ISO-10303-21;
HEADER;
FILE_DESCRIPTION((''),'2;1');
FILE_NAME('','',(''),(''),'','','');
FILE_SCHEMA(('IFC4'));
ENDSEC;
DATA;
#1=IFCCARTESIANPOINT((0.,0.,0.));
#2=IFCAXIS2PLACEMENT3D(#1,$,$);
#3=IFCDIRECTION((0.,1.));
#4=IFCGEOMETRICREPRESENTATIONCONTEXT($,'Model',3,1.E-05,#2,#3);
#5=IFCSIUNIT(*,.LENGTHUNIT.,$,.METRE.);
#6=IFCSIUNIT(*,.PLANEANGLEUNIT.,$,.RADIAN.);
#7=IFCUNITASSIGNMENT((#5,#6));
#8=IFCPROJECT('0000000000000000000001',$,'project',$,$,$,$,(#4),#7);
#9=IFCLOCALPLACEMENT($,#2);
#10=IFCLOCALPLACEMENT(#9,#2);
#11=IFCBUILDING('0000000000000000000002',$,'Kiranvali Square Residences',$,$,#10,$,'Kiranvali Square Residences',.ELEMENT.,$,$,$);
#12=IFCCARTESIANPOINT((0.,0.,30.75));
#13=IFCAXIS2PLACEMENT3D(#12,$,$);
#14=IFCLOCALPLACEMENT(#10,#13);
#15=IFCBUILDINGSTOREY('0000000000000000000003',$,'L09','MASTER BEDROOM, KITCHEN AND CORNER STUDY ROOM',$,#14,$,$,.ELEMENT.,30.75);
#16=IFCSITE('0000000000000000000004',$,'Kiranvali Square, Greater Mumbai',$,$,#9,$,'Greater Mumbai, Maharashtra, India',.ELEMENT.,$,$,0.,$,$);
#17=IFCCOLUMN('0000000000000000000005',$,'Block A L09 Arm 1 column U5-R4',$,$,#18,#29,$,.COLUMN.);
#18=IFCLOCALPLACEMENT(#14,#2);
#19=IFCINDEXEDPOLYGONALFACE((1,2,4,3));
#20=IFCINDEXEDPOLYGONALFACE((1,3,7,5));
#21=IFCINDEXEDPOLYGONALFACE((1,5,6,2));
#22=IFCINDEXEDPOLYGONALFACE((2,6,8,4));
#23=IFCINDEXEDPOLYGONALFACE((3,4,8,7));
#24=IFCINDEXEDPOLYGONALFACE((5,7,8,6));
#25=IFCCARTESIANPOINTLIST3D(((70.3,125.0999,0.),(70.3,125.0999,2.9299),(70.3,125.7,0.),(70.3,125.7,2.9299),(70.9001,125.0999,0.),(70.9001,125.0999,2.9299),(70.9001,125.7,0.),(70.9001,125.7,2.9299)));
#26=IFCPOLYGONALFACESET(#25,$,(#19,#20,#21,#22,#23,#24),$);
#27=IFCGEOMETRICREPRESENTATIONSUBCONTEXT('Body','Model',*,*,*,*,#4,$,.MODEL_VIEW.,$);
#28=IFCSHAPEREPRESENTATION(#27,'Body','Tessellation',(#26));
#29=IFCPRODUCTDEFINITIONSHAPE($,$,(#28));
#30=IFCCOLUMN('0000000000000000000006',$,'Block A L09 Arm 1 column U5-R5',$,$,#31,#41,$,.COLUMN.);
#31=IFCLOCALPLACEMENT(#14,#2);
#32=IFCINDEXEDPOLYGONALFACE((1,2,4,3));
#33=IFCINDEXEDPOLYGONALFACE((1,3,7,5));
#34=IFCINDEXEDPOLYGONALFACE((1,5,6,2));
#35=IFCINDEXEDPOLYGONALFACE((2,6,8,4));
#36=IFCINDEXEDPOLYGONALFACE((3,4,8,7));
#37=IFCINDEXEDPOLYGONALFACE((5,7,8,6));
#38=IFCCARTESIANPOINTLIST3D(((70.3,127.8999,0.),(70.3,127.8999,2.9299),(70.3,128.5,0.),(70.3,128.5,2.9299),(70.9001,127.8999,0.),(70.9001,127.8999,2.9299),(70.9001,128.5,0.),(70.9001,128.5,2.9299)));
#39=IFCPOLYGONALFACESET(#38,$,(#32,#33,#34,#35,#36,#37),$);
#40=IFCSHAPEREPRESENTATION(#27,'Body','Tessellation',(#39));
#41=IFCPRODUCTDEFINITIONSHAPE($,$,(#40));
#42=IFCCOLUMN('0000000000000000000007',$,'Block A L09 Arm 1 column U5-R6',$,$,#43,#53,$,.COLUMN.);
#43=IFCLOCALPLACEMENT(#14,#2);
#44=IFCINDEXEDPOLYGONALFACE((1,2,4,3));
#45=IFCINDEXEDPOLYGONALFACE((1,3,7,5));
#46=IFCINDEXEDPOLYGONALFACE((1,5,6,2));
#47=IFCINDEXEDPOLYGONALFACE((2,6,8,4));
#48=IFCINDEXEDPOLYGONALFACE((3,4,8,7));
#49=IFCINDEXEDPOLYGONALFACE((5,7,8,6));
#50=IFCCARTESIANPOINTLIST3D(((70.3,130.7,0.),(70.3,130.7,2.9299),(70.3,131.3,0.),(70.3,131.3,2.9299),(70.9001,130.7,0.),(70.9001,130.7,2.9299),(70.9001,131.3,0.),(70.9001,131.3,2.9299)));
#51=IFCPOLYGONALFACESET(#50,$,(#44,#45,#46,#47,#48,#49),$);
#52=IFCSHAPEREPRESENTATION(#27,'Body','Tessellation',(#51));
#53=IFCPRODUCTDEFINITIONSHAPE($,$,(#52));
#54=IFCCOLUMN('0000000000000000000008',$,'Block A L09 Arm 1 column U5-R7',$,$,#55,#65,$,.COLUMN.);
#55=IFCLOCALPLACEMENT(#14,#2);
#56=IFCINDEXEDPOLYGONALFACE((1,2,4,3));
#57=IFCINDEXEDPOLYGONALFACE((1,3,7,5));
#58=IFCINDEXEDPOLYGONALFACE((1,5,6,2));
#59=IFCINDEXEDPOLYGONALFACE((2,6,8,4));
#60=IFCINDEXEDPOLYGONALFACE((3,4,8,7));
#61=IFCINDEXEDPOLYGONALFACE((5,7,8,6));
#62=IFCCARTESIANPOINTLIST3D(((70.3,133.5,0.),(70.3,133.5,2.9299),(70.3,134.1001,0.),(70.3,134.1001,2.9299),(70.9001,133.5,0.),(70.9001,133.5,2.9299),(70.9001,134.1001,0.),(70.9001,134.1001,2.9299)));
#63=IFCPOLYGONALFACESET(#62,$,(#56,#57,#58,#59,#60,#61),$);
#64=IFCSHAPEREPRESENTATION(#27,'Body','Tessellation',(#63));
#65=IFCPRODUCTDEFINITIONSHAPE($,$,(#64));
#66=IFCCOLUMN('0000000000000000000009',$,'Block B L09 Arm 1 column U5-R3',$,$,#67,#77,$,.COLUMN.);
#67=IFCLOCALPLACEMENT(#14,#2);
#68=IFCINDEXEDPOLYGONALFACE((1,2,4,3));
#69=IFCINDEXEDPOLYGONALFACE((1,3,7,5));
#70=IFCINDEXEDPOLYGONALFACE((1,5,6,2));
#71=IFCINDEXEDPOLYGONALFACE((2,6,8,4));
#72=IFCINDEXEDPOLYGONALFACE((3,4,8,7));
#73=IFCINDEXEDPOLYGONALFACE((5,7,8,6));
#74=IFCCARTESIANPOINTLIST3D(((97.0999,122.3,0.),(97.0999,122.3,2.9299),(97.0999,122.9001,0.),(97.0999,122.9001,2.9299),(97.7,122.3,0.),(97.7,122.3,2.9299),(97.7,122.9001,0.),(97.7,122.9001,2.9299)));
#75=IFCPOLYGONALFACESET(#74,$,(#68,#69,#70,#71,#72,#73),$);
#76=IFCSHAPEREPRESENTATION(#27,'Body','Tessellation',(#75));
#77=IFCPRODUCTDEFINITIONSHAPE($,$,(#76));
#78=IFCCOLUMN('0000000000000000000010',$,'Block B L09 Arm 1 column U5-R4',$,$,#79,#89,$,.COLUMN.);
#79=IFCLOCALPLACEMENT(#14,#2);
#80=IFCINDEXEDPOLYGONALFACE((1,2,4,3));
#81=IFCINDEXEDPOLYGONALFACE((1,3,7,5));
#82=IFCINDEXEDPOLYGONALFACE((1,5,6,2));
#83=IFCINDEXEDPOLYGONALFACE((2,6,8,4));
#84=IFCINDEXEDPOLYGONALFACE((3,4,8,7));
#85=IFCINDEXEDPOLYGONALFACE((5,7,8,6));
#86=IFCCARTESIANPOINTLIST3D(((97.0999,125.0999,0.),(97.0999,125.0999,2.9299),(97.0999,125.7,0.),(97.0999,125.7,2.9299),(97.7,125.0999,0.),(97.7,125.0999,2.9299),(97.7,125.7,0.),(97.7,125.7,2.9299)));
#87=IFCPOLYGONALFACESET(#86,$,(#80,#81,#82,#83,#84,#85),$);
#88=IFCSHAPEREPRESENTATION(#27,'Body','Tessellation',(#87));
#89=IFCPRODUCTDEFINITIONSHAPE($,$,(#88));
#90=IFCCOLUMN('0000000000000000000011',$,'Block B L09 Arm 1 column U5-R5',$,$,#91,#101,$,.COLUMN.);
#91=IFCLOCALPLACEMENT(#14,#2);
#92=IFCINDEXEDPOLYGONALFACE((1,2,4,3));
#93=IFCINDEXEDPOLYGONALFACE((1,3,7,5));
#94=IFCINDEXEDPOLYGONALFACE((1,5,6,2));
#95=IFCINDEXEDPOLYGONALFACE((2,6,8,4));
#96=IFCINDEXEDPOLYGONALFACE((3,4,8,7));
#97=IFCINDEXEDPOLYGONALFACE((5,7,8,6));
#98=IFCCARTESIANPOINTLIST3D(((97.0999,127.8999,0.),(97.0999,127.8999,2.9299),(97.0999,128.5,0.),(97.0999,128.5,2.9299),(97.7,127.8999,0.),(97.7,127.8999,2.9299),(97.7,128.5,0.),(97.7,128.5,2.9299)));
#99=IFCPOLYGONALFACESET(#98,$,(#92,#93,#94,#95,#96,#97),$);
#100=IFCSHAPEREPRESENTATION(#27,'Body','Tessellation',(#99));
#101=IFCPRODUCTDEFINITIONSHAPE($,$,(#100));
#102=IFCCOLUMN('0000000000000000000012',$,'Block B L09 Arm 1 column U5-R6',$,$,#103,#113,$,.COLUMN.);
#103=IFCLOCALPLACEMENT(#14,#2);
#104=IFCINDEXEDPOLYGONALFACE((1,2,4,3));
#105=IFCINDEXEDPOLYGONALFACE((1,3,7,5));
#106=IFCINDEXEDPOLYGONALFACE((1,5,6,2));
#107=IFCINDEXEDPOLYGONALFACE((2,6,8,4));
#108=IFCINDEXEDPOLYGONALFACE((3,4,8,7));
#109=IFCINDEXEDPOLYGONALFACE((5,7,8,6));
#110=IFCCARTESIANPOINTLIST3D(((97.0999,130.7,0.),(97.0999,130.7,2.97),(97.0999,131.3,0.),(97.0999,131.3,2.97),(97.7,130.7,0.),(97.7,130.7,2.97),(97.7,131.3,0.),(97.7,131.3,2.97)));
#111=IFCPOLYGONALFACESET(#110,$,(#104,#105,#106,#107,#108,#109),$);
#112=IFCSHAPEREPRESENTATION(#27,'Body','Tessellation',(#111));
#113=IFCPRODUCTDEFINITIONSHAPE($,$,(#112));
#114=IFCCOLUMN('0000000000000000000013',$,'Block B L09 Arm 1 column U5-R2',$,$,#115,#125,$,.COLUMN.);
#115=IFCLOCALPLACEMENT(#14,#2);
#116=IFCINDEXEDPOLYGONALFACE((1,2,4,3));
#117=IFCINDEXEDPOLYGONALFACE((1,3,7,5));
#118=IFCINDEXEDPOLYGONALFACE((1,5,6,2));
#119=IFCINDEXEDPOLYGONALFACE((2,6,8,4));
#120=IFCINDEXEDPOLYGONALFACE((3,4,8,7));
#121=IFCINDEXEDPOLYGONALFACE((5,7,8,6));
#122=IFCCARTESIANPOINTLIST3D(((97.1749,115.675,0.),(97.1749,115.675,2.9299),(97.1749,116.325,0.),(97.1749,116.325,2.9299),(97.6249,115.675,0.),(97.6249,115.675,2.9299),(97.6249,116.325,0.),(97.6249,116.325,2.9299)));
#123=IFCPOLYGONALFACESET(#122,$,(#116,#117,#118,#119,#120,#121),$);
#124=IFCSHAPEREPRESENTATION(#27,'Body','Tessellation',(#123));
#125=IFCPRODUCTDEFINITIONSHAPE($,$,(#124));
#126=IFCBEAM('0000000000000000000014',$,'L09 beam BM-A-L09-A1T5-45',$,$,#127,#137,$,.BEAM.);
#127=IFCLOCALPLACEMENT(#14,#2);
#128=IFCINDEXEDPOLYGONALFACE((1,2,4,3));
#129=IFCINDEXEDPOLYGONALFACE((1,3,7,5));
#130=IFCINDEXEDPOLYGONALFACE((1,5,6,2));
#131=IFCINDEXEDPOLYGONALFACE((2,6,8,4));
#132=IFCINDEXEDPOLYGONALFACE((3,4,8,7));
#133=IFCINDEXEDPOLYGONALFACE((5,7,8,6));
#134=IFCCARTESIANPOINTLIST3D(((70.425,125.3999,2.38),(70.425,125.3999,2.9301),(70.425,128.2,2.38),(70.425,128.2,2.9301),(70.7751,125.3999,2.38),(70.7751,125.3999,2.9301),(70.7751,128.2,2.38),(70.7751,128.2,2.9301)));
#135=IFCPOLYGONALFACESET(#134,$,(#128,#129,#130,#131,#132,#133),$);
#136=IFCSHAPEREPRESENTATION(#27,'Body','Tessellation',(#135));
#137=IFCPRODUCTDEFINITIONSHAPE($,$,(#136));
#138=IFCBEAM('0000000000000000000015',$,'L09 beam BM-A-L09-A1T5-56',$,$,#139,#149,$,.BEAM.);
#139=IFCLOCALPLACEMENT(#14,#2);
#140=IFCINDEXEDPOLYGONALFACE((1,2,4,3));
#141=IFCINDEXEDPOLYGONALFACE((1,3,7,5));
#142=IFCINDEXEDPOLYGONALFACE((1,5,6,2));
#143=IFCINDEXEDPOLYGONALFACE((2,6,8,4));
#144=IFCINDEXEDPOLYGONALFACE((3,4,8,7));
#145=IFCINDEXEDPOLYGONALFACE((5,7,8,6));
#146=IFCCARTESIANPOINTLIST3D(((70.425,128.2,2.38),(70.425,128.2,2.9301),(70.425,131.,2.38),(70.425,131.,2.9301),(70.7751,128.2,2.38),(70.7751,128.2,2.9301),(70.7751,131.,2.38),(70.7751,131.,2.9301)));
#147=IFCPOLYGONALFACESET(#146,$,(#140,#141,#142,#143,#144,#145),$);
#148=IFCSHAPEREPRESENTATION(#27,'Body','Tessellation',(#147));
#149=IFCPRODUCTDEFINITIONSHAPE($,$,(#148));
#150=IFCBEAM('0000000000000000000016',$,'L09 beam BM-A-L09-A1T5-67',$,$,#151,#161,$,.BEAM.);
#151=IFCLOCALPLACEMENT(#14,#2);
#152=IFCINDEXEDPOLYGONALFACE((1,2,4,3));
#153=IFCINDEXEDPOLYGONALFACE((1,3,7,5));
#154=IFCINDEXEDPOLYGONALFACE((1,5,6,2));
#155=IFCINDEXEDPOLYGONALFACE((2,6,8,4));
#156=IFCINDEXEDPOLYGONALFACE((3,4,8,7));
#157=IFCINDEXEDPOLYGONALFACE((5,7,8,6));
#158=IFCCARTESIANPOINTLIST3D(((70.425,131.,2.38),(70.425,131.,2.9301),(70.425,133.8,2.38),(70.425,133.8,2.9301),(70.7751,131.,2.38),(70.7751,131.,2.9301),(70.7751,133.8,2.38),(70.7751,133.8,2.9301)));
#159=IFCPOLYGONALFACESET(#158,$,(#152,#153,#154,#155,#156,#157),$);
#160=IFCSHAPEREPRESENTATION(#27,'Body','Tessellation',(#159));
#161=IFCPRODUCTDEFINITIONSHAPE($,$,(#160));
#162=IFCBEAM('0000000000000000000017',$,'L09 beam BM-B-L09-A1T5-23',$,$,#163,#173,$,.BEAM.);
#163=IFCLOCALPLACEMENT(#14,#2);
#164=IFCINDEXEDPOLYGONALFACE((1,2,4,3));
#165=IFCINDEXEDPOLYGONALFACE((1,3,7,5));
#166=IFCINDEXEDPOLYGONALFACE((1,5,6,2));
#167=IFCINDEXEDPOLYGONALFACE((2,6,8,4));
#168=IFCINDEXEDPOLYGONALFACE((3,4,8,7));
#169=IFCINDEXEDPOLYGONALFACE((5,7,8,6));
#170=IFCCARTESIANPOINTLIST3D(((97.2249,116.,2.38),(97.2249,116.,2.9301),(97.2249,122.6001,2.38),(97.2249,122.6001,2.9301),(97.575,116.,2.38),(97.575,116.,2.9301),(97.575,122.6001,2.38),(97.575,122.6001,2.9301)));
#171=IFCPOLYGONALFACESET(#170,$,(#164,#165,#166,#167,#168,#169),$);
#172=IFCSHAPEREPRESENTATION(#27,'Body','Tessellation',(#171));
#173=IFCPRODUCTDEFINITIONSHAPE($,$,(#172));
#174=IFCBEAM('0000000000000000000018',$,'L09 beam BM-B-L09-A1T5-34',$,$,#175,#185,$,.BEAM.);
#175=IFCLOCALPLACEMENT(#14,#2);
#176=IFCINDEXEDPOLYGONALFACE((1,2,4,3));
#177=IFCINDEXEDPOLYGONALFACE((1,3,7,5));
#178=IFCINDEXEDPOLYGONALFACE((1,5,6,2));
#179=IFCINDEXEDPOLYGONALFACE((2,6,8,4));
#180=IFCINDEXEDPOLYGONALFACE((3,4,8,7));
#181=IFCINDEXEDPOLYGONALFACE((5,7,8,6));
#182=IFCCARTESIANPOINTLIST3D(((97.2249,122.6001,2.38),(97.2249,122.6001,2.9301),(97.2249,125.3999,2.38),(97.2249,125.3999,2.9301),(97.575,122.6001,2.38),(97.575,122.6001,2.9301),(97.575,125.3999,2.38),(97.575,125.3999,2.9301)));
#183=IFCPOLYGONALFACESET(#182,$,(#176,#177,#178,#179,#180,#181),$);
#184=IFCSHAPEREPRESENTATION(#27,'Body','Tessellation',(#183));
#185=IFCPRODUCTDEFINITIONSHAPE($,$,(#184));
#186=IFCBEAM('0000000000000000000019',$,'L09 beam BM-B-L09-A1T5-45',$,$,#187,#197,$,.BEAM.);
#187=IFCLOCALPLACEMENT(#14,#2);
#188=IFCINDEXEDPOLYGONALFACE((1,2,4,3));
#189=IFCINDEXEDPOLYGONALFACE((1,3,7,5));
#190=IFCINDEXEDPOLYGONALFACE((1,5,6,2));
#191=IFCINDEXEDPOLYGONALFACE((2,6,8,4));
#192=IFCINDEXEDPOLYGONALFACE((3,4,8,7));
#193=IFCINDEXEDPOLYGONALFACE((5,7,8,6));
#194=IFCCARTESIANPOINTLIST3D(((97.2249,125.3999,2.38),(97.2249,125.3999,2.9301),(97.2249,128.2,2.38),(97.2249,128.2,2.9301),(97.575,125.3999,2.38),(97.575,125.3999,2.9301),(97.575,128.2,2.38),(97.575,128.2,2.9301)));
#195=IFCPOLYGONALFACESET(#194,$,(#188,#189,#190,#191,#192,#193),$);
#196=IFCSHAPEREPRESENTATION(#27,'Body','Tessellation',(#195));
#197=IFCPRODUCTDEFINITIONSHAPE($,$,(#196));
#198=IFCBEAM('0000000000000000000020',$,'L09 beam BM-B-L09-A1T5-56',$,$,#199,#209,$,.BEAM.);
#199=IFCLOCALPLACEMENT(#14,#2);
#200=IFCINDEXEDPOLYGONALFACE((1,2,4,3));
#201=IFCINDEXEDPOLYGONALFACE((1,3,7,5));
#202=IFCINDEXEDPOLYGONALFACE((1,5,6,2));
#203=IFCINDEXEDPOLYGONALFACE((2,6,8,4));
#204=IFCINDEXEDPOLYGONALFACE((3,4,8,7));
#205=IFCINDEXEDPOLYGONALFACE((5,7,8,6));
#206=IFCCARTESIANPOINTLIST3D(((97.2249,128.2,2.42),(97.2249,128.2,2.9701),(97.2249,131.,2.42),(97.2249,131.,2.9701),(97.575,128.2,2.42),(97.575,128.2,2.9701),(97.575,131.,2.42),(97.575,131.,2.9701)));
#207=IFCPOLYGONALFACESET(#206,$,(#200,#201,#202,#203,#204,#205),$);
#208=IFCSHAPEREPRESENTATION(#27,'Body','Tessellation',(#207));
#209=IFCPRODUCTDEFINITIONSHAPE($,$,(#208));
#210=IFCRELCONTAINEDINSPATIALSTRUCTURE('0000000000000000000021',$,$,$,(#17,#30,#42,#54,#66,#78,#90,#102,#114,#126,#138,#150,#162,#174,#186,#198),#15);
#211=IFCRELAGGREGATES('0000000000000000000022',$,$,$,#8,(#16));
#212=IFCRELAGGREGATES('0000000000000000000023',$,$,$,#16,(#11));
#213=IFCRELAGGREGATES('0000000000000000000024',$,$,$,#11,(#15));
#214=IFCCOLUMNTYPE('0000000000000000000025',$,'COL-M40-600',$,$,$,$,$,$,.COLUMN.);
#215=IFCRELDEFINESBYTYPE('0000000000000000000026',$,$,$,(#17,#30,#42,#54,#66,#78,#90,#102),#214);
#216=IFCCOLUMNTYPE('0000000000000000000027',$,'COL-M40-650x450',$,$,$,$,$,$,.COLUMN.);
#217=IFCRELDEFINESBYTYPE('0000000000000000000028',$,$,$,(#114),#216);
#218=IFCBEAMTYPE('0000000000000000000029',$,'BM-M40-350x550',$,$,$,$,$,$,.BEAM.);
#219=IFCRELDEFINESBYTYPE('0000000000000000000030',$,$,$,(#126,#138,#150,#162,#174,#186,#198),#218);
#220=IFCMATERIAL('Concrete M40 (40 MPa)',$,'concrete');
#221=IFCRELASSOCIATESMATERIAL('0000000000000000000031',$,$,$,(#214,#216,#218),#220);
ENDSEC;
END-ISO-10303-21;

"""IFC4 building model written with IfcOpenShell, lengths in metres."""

from ifc_helpers import new_model, si_unit, direction, frame, origin, origin_2d, place, context, subcontext, project, spatial, rectangle, extrude, material, material_profile, profile_set, type_object, element, save


model = new_model("IFC4")

# Units and contexts
model_context = context("Model", 3, precision=1e-05, world=origin(), true_north=direction((0.0, 1.0)))
body_context = subcontext(model_context, "Body", "Model", "MODEL_VIEW")
ifc_project = project(units=[si_unit("LENGTHUNIT", "METRE"), si_unit("PLANEANGLEUNIT", "RADIAN")], contexts=[model_context])

# Site, building, storey
site_placement = place(None, origin())
site = spatial("IfcSite", under=ifc_project, at=site_placement, Name="Kiranvali Square, Greater Mumbai", LongName="Greater Mumbai, Maharashtra, India", CompositionType="ELEMENT", RefElevation=0.0)
building_placement = place(site_placement, origin())
building = spatial("IfcBuilding", under=site, at=building_placement, Name="Kiranvali Square Residences", LongName="Kiranvali Square Residences", CompositionType="ELEMENT")
storey_placement = place(building_placement, frame((0.0, 0.0, 30.75)))
storey = spatial("IfcBuildingStorey", under=building, at=storey_placement, Name="L09", Description="MASTER BEDROOM, KITCHEN AND CORNER STUDY ROOM", CompositionType="ELEMENT", Elevation=30.75)

# Columns
ifc_material = material(Name="Concrete M40 (40 MPa)", Category="concrete")
ifc_material_profile_1 = material_profile(ifc_material, rectangle(XDim=0.6001, YDim=0.6001, at=origin_2d()), Name="RC 600x600")
ifc_profile_set_1 = profile_set([ifc_material_profile_1], Name="Concrete M40 (40 MPa)")
column_type_1 = type_object("IfcColumnType", Name="COL-M40-600", PredefinedType="COLUMN", material=ifc_profile_set_1)
for number, where, z_axis, x_axis, name in (
    (1, (70.6001, 125.3999, 0.0), (0.0, 0.0, 1.0), (1.0, 0.0, 0.0), "Block A L09 Arm 1 column U5-R4"),
    (2, (70.6001, 128.2, 0.0), (0.0, 0.0, 1.0), (1.0, 0.0, 0.0), "Block A L09 Arm 1 column U5-R5"),
    (3, (70.6001, 131.0, 0.0), (0.0, 0.0, 1.0), (1.0, 0.0, 0.0), "Block A L09 Arm 1 column U5-R6"),
    (4, (70.6001, 133.8, 0.0), (0.0, 0.0, 1.0), (1.0, 0.0, 0.0), "Block A L09 Arm 1 column U5-R7"),
    (5, (97.3999, 122.6001, 0.0), (0.0, 0.0, 1.0), (1.0, 0.0, 0.0), "Block B L09 Arm 1 column U5-R3"),
    (6, (97.3999, 125.3999, 0.0), (0.0, 0.0, 1.0), (1.0, 0.0, 0.0), "Block B L09 Arm 1 column U5-R4"),
    (7, (97.3999, 128.2, 0.0), (0.0, 0.0, 1.0), (1.0, 0.0, 0.0), "Block B L09 Arm 1 column U5-R5"),
):
    element("IfcColumn", number, at=place(storey_placement, frame(where, z_axis=z_axis, x_axis=x_axis)), inside=storey, type_object=column_type_1, Name=name, PredefinedType="COLUMN", context=body_context, shape_type="SweptSolid", body=[
        extrude(rectangle(XDim=0.6001, YDim=0.6001, at=origin_2d()), origin(), (0.0, 0.0, 1.0), 2.9299),
    ])
column_1_placement = place(storey_placement, frame((97.3999, 131.0, 0.0), z_axis=(0.0, 0.0, 1.0), x_axis=(1.0, 0.0, 0.0)))
element("IfcColumn", 8, at=column_1_placement, inside=storey, type_object=column_type_1, Name="Block B L09 Arm 1 column U5-R6", PredefinedType="COLUMN", context=body_context, shape_type="SweptSolid", body=[
    extrude(rectangle(XDim=0.6001, YDim=0.6001, at=origin_2d()), origin(), (0.0, 0.0, 1.0), 2.97),
])
ifc_material_profile_2 = material_profile(ifc_material, rectangle(XDim=0.45, YDim=0.6499, at=origin_2d()), Name="RC 650x450")
ifc_profile_set_2 = profile_set([ifc_material_profile_2], Name="Concrete M40 (40 MPa)")
column_type_2 = type_object("IfcColumnType", Name="COL-M40-650x450", PredefinedType="COLUMN", material=ifc_profile_set_2)
column_2_placement = place(storey_placement, frame((97.3999, 116.0, 0.0), z_axis=(0.0, 0.0, 1.0), x_axis=(1.0, 0.0, 0.0)))
element("IfcColumn", 9, at=column_2_placement, inside=storey, type_object=column_type_2, Name="Block B L09 Arm 1 column U5-R2", PredefinedType="COLUMN", context=body_context, shape_type="SweptSolid", body=[
    extrude(rectangle(XDim=0.45, YDim=0.6499, at=origin_2d()), origin(), (0.0, 0.0, 1.0), 2.9299),
])

# Beams
ifc_material_profile_3 = material_profile(ifc_material, rectangle(XDim=0.3501, YDim=0.55, at=origin_2d()), Name="RC 350x550")
ifc_profile_set_3 = profile_set([ifc_material_profile_3], Name="Concrete M40 (40 MPa)")
beam_type = type_object("IfcBeamType", Name="BM-M40-350x550", PredefinedType="BEAM", material=ifc_profile_set_3)
for number, where, z_axis, x_axis, name in (
    (10, (70.6001, 125.3999, 2.655), (0.0, 1.0, 0.0), (-1.0, 0.0, 0.0), "L09 beam BM-A-L09-A1T5-45"),
    (11, (70.6001, 128.2, 2.655), (0.0, 1.0, 0.0), (-1.0, 0.0, 0.0), "L09 beam BM-A-L09-A1T5-56"),
    (12, (70.6001, 131.0, 2.655), (0.0, 1.0, 0.0), (-1.0, 0.0, 0.0), "L09 beam BM-A-L09-A1T5-67"),
):
    element("IfcBeam", number, at=place(storey_placement, frame(where, z_axis=z_axis, x_axis=x_axis)), inside=storey, type_object=beam_type, Name=name, PredefinedType="BEAM", context=body_context, shape_type="SweptSolid", body=[
        extrude(rectangle(XDim=0.3501, YDim=0.55, at=origin_2d()), origin(), (0.0, 0.0, 1.0), 2.8),
    ])
beam_1_placement = place(storey_placement, frame((97.3999, 116.0, 2.655), z_axis=(0.0, 1.0, 0.0), x_axis=(-1.0, 0.0, 0.0)))
element("IfcBeam", 13, at=beam_1_placement, inside=storey, type_object=beam_type, Name="L09 beam BM-B-L09-A1T5-23", PredefinedType="BEAM", context=body_context, shape_type="SweptSolid", body=[
    extrude(rectangle(XDim=0.3501, YDim=0.55, at=origin_2d()), origin(), (0.0, 0.0, 1.0), 6.6001),
])
beam_2_placement = place(storey_placement, frame((97.3999, 122.6001, 2.655), z_axis=(0.0, 1.0, 0.0), x_axis=(-1.0, 0.0, 0.0)))
element("IfcBeam", 14, at=beam_2_placement, inside=storey, type_object=beam_type, Name="L09 beam BM-B-L09-A1T5-34", PredefinedType="BEAM", context=body_context, shape_type="SweptSolid", body=[
    extrude(rectangle(XDim=0.3501, YDim=0.55, at=origin_2d()), origin(), (0.0, 0.0, 1.0), 2.7998),
])
for number, where, z_axis, x_axis, name in (
    (15, (97.3999, 125.3999, 2.655), (0.0, 1.0, 0.0), (-1.0, 0.0, 0.0), "L09 beam BM-B-L09-A1T5-45"),
    (16, (97.3999, 128.2, 2.6951), (0.0, 1.0, 0.0), (-1.0, 0.0, 0.0), "L09 beam BM-B-L09-A1T5-56"),
):
    element("IfcBeam", number, at=place(storey_placement, frame(where, z_axis=z_axis, x_axis=x_axis)), inside=storey, type_object=beam_type, Name=name, PredefinedType="BEAM", context=body_context, shape_type="SweptSolid", body=[
        extrude(rectangle(XDim=0.3501, YDim=0.55, at=origin_2d()), origin(), (0.0, 0.0, 1.0), 2.8),
    ])

save(model, "model.ifc")
